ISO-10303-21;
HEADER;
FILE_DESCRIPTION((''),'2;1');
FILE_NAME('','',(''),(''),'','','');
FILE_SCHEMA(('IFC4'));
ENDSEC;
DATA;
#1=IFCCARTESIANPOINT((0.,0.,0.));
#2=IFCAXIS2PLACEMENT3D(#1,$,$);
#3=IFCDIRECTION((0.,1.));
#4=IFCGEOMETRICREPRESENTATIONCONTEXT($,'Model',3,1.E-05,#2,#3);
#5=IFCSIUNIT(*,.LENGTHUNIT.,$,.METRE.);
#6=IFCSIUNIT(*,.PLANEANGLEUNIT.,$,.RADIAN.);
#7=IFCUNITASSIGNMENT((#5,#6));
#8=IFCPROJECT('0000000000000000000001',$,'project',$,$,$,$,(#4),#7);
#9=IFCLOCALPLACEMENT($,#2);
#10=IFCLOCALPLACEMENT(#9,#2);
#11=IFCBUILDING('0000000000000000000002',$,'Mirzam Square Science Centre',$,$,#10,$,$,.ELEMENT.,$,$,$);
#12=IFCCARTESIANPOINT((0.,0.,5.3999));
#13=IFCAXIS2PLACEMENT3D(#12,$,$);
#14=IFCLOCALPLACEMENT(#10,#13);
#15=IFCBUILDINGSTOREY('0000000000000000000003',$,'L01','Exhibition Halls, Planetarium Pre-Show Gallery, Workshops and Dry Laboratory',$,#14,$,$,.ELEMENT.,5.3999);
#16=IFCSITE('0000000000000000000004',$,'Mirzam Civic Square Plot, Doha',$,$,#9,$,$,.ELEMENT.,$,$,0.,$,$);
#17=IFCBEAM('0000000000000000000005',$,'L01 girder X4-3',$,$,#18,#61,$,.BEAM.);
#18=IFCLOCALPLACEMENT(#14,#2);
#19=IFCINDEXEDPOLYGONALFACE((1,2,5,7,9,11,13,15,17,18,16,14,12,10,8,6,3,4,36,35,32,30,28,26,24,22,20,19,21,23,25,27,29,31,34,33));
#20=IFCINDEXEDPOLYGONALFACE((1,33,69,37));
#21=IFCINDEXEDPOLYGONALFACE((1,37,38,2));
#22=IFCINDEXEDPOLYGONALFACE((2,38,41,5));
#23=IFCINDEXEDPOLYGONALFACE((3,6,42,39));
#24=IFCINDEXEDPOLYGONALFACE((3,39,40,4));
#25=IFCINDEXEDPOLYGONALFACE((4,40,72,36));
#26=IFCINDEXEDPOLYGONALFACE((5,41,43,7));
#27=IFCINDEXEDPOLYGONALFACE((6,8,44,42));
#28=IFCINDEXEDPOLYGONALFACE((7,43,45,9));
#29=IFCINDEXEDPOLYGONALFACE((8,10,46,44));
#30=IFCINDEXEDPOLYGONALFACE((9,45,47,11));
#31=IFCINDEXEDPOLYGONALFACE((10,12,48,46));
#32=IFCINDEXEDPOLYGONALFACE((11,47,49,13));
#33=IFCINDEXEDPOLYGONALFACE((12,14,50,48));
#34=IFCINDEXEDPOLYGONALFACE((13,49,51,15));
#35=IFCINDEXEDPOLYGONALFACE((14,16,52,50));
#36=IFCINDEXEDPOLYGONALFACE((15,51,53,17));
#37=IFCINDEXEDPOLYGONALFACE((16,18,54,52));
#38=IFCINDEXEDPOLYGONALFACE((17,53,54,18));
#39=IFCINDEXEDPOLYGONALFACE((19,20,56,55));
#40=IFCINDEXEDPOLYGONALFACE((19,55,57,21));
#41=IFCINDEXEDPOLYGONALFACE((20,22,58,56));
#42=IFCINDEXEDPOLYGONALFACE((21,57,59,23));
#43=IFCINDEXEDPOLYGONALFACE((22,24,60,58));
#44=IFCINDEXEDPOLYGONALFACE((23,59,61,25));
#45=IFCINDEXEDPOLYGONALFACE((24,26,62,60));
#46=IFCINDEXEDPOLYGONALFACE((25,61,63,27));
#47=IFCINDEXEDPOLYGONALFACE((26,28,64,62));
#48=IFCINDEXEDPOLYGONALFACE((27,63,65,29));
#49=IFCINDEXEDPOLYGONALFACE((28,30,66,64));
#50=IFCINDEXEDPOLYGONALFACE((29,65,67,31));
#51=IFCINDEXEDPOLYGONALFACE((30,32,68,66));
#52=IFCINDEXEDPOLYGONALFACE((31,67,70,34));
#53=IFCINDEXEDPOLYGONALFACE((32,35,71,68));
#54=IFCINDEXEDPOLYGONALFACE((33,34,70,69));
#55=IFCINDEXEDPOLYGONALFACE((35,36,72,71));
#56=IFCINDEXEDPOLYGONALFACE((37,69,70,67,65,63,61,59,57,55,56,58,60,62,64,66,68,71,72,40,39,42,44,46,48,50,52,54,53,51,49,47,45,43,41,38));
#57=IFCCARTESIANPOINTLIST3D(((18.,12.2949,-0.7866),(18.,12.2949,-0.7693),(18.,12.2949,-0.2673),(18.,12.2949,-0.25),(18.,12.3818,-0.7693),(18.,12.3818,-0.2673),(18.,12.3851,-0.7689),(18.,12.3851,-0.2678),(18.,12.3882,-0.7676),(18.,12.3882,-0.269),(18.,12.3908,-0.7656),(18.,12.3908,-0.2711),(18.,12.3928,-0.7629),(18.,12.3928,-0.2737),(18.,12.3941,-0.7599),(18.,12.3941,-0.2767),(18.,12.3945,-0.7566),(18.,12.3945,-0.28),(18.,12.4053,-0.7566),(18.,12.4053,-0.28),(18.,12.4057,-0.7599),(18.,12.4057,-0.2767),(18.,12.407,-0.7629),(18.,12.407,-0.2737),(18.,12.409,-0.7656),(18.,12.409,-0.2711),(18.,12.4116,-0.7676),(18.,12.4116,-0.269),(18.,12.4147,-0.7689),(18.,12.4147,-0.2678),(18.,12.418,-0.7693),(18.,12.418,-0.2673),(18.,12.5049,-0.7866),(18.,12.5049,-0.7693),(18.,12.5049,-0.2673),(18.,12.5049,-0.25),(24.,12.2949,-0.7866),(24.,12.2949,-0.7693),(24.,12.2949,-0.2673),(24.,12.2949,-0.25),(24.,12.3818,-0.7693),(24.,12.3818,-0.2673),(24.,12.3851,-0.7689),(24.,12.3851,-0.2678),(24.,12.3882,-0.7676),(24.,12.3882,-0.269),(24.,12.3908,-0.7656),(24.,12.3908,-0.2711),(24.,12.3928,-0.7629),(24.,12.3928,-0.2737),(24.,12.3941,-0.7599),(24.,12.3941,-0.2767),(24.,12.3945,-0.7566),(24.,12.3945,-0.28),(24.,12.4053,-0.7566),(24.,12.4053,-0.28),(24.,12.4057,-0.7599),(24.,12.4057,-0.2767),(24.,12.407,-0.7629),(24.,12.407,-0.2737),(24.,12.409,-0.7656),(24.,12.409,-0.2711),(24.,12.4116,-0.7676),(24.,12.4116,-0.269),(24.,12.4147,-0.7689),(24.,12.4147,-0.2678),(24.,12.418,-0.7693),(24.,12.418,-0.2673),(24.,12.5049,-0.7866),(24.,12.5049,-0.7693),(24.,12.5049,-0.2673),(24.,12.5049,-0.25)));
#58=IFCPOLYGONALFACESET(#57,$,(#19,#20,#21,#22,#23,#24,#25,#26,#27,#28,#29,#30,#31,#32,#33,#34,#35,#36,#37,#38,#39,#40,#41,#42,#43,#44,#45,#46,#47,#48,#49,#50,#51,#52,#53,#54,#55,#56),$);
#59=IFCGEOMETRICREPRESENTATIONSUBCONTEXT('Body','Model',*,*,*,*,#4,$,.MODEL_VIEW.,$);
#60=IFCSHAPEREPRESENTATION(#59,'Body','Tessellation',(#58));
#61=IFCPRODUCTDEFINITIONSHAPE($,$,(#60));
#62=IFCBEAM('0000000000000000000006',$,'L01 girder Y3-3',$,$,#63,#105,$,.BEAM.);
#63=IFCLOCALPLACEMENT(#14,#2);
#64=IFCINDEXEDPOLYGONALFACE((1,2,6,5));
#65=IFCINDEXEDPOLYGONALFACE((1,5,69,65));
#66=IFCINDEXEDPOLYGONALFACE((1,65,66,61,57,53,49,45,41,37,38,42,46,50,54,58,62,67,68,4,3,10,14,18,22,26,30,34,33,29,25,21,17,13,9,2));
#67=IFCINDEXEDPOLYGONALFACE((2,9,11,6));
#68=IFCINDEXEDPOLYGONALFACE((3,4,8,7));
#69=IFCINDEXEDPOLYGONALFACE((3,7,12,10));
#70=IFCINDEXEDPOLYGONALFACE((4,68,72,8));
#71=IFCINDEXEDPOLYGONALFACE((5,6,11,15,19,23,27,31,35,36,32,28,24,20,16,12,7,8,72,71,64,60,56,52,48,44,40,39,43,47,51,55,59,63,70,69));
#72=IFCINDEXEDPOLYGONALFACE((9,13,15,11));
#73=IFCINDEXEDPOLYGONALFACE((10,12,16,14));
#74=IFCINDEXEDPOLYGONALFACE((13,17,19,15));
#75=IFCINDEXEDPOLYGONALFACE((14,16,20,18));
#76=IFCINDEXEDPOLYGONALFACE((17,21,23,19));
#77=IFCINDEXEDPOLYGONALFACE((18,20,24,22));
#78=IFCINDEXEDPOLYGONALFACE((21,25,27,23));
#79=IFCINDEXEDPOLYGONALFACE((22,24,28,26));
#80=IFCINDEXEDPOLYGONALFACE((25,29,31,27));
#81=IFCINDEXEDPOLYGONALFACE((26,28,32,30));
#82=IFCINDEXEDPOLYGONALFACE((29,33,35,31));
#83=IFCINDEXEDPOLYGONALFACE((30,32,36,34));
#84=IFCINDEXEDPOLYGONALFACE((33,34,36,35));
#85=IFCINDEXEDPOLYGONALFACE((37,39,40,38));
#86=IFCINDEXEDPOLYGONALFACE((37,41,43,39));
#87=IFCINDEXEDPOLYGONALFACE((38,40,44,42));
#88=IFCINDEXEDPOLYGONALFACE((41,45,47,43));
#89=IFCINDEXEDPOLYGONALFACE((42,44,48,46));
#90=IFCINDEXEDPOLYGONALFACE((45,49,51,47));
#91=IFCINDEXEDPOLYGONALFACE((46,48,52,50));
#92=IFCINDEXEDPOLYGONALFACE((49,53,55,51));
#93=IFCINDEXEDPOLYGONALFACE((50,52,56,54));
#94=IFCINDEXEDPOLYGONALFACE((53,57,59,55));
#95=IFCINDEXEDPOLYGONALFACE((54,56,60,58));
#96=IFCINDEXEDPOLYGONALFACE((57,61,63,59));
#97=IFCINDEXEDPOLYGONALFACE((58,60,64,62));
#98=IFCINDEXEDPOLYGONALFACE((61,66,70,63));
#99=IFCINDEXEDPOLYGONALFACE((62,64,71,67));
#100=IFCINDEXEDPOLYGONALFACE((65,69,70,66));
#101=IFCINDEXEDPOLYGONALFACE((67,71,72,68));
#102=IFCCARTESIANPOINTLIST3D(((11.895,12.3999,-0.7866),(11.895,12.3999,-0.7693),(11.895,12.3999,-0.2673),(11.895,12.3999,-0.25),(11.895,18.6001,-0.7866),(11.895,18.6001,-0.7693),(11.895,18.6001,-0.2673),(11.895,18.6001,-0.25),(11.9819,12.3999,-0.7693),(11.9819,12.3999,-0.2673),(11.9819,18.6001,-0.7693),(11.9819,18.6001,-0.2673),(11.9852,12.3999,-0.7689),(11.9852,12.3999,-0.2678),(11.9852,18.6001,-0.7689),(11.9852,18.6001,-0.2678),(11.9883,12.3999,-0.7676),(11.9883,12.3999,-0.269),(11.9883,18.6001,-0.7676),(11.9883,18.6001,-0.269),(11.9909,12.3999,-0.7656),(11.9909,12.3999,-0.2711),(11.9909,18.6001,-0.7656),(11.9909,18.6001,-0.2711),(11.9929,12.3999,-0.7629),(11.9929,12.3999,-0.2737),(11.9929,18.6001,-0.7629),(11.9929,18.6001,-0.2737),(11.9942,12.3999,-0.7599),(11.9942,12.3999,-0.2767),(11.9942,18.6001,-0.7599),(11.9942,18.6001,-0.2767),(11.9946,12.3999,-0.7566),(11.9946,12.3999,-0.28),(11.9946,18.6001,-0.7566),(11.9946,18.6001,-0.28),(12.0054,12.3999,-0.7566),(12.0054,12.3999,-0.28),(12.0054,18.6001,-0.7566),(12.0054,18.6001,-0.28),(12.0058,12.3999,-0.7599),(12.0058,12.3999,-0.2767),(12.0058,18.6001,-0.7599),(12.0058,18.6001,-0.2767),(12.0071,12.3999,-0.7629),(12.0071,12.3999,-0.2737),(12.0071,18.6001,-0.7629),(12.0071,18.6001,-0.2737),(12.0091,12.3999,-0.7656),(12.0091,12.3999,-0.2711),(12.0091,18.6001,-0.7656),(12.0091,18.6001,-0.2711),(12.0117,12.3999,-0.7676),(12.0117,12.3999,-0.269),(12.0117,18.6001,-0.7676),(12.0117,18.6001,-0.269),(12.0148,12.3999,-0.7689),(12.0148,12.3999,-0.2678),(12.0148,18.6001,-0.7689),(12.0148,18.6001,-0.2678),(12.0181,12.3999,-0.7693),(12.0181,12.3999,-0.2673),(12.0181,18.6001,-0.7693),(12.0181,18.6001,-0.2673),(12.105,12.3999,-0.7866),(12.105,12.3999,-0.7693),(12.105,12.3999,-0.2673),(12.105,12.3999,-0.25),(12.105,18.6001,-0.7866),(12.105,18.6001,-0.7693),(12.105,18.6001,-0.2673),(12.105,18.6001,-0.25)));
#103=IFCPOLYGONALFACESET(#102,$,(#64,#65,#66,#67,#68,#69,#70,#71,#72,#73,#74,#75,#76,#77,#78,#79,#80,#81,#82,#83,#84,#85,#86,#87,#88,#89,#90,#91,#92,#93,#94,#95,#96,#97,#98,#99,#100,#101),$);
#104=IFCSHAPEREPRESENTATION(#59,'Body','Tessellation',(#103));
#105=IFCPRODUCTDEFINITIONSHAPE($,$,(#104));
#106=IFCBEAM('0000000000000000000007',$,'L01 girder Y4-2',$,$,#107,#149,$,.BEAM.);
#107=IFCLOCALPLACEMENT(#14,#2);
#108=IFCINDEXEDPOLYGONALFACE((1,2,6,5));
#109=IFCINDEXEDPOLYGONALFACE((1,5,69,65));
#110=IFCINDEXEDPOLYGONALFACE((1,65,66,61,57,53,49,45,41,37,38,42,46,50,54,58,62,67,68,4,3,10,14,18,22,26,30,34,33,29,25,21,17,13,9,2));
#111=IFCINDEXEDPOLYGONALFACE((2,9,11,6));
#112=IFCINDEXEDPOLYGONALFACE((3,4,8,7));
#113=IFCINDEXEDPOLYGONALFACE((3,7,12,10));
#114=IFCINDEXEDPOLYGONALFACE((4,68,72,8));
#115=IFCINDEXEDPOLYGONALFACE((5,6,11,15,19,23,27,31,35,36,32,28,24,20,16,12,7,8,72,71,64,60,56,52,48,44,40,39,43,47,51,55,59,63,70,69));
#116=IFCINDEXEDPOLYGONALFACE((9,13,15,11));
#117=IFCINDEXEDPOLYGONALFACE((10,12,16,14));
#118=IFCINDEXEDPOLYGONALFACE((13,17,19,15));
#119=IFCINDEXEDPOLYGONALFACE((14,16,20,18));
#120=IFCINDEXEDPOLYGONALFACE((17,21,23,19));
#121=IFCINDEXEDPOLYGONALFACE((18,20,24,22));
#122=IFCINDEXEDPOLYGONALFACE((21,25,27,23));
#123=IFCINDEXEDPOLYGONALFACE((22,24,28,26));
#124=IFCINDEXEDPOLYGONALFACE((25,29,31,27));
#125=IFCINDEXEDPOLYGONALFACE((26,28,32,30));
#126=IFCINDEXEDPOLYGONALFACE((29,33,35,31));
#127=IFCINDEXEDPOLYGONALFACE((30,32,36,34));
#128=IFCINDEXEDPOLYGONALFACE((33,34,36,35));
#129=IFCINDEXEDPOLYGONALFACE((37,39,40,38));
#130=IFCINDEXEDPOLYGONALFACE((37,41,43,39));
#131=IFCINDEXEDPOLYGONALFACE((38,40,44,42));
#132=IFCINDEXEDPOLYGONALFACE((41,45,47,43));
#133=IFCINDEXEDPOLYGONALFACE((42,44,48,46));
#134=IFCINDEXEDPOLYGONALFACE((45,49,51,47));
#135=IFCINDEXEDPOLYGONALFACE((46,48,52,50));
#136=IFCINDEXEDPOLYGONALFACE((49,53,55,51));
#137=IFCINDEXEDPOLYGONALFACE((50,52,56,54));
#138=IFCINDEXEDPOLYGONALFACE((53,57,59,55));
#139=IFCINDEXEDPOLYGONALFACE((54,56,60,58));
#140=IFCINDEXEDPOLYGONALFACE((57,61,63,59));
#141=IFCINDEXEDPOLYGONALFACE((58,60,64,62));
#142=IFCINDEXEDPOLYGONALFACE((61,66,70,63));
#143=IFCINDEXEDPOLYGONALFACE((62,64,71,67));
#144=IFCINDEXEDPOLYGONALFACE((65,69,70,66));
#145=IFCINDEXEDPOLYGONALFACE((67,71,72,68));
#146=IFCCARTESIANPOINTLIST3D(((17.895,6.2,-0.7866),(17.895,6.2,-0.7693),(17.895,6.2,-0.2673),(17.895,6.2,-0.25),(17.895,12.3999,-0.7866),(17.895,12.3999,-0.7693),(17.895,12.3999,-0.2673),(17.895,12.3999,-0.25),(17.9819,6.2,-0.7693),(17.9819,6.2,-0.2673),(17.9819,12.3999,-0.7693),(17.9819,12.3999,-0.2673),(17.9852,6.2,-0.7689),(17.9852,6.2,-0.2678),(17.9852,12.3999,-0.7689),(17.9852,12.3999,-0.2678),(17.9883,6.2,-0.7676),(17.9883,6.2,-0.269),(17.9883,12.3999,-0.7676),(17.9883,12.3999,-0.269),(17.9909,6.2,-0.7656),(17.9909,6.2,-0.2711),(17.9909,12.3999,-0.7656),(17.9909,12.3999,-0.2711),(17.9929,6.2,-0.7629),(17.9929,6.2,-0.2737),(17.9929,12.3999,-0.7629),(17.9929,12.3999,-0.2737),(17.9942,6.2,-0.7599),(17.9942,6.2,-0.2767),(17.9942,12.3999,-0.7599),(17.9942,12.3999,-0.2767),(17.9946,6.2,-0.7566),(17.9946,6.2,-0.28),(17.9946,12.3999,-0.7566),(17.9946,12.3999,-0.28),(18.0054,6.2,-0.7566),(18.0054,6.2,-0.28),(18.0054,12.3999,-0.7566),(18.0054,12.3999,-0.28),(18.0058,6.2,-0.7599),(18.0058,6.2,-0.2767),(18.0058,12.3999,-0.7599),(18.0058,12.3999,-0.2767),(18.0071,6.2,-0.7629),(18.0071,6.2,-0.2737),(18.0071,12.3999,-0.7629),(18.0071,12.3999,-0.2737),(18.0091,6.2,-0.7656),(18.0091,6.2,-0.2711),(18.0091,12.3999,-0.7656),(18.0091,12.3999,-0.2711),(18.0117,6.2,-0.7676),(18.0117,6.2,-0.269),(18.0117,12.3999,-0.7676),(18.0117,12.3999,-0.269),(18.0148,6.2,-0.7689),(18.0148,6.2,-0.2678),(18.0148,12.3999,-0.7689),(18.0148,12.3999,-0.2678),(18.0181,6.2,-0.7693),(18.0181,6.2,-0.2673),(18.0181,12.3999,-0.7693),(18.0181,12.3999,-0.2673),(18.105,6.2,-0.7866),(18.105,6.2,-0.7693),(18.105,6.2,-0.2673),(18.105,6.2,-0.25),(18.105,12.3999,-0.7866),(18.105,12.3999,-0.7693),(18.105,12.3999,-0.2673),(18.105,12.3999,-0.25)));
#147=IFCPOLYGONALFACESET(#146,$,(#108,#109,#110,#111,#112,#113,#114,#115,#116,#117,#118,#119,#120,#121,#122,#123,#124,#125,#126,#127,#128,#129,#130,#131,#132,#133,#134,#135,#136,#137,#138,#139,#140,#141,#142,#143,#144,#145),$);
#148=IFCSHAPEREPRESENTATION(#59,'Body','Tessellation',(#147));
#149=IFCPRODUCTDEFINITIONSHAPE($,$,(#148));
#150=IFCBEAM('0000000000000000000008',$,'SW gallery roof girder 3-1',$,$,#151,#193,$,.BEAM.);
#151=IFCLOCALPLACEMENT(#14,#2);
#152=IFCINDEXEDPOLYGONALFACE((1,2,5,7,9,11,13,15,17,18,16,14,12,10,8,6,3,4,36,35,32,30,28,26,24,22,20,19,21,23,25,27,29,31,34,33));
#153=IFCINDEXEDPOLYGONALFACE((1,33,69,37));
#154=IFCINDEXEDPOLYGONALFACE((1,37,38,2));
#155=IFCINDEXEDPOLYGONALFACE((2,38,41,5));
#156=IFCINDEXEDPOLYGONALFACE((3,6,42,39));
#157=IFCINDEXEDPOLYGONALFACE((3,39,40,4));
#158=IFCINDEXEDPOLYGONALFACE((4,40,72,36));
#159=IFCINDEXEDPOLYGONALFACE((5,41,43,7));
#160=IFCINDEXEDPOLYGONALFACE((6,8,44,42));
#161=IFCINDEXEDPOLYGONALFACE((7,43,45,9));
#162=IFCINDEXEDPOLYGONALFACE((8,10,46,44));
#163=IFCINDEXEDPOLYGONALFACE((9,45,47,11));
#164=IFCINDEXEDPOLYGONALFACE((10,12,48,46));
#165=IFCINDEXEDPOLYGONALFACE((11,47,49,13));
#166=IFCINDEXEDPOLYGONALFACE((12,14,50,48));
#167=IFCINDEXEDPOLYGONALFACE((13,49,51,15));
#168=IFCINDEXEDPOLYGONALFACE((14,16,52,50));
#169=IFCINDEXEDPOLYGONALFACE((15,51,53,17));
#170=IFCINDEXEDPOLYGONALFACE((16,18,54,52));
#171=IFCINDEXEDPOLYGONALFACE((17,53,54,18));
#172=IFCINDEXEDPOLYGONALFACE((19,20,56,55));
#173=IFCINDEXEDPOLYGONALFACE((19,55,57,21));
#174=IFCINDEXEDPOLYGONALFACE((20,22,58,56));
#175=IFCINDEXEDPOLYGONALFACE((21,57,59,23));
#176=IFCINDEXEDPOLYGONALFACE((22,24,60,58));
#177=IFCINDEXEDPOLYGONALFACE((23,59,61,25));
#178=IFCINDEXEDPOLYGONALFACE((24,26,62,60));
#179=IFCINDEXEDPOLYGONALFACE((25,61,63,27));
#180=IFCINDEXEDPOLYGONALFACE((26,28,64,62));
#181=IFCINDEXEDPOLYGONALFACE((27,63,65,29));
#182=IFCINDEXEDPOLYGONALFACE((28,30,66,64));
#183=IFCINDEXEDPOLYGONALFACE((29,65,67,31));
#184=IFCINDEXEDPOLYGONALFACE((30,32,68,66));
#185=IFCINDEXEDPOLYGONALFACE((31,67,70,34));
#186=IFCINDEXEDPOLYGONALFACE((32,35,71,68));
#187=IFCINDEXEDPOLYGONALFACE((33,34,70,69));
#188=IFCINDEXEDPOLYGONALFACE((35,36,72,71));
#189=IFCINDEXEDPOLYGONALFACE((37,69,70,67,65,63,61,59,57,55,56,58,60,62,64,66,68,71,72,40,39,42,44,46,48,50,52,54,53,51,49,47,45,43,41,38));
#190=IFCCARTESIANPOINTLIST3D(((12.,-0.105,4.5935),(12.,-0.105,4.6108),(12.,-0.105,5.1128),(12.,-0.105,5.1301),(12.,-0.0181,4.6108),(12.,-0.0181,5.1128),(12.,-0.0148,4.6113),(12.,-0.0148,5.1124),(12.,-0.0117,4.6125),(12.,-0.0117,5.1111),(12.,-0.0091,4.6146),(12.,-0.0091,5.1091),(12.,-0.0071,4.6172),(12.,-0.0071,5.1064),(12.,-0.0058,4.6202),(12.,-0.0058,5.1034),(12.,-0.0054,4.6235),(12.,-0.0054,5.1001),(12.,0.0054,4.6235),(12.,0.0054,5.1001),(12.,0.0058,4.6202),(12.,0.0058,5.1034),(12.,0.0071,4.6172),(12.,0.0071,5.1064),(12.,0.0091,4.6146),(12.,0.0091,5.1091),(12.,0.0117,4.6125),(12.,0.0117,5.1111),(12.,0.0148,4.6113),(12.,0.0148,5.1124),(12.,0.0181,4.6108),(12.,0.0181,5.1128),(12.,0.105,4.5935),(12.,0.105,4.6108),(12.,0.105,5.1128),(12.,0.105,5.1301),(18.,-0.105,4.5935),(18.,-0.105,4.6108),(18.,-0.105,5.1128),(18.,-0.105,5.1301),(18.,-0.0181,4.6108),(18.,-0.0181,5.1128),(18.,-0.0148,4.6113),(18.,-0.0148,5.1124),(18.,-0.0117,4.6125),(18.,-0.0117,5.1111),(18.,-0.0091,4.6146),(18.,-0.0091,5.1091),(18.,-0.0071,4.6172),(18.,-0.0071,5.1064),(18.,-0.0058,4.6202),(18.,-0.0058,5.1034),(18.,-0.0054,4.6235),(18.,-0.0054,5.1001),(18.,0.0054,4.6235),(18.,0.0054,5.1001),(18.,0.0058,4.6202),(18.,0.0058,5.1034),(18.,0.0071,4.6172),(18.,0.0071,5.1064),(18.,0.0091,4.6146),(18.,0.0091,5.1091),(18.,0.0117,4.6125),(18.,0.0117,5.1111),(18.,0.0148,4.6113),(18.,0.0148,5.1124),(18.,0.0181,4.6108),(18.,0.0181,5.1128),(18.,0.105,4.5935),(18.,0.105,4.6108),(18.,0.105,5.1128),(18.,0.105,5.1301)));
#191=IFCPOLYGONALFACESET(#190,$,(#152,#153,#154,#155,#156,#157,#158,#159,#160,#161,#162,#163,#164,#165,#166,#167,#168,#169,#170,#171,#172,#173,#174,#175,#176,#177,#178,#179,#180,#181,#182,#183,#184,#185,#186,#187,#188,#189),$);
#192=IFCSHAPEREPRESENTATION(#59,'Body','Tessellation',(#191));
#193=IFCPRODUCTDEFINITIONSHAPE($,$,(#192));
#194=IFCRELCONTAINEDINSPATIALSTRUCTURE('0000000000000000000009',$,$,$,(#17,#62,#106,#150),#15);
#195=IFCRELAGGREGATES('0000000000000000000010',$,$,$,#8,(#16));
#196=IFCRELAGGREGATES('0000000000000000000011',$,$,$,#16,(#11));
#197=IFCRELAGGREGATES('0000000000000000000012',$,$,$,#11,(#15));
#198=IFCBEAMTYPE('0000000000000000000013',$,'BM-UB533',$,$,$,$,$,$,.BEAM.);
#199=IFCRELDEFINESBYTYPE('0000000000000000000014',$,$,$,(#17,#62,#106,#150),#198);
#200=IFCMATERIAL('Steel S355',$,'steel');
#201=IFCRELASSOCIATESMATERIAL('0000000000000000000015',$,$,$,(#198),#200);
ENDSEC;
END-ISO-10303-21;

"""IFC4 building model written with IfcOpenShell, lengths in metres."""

from ifc_helpers import new_model, si_unit, direction, frame, origin, origin_2d, place, context, subcontext, project, spatial, i_section, extrude, material, material_profile, profile_set, type_object, element, save


model = new_model("IFC4")

# Units and contexts
model_context = context("Model", 3, precision=1e-05, world=origin(), true_north=direction((0.0, 1.0)))
body_context = subcontext(model_context, "Body", "Model", "MODEL_VIEW")
ifc_project = project(units=[si_unit("LENGTHUNIT", "METRE"), si_unit("PLANEANGLEUNIT", "RADIAN")], contexts=[model_context])

# Site, building, storey
site_placement = place(None, origin())
site = spatial("IfcSite", under=ifc_project, at=site_placement, Name="Mirzam Civic Square Plot, Doha", CompositionType="ELEMENT", RefElevation=0.0)
building_placement = place(site_placement, origin())
building = spatial("IfcBuilding", under=site, at=building_placement, Name="Mirzam Square Science Centre", CompositionType="ELEMENT")
storey_placement = place(building_placement, frame((0.0, 0.0, 5.3999)))
storey = spatial("IfcBuildingStorey", under=building, at=storey_placement, Name="L01", Description="Exhibition Halls, Planetarium Pre-Show Gallery, Workshops and Dry Laboratory", CompositionType="ELEMENT", Elevation=5.3999)

# Shared definitions
ifc_material_1 = material(Name="Steel S355", Category="steel")

# Beams
ifc_material_profile_1 = material_profile(ifc_material_1, i_section(OverallWidth=0.21, OverallDepth=0.5366, WebThickness=0.0107, FlangeThickness=0.0173, FilletRadius=0.0127, at=origin_2d()), Name="533x210x101UB")
ifc_profile_set_1 = profile_set([ifc_material_profile_1], Name="Steel S355")
beam_type_1 = type_object("IfcBeamType", Name="BM-UB533", PredefinedType="BEAM", material=ifc_profile_set_1)
beam_1_placement = place(storey_placement, frame((18.0, 12.3999, -0.5183), z_axis=(1.0, 0.0, 0.0), x_axis=(0.0, 1.0, 0.0)))
element("IfcBeam", 1, at=beam_1_placement, inside=storey, type_object=beam_type_1, Name="L01 girder X4-3", PredefinedType="BEAM", context=body_context, shape_type="SweptSolid", body=[
    extrude(i_section(OverallWidth=0.21, OverallDepth=0.5366, WebThickness=0.0107, FlangeThickness=0.0173, FilletRadius=0.0127, at=origin_2d()), origin(), (0.0, 0.0, 1.0), 6.0),
])
beam_2_placement = place(storey_placement, frame((12.0, 12.3999, -0.5183), z_axis=(0.0, 1.0, 0.0), x_axis=(-1.0, 0.0, 0.0)))
element("IfcBeam", 2, at=beam_2_placement, inside=storey, type_object=beam_type_1, Name="L01 girder Y3-3", PredefinedType="BEAM", context=body_context, shape_type="SweptSolid", body=[
    extrude(i_section(OverallWidth=0.21, OverallDepth=0.5366, WebThickness=0.0107, FlangeThickness=0.0173, FilletRadius=0.0127, at=origin_2d()), origin(), (0.0, 0.0, 1.0), 6.2002),
])
beam_3_placement = place(storey_placement, frame((18.0, 6.2, -0.5183), z_axis=(0.0, 1.0, 0.0), x_axis=(-1.0, 0.0, 0.0)))
element("IfcBeam", 3, at=beam_3_placement, inside=storey, type_object=beam_type_1, Name="L01 girder Y4-2", PredefinedType="BEAM", context=body_context, shape_type="SweptSolid", body=[
    extrude(i_section(OverallWidth=0.21, OverallDepth=0.5366, WebThickness=0.0107, FlangeThickness=0.0173, FilletRadius=0.0127, at=origin_2d()), origin(), (0.0, 0.0, 1.0), 6.2),
])
for number, where, z_axis, x_axis, name in (
    (4, (12.0, 0.0, 4.8618), (1.0, 0.0, 0.0), (0.0, 1.0, 0.0), "SW gallery roof girder 3-1"),
):
    element("IfcBeam", number, at=place(storey_placement, frame(where, z_axis=z_axis, x_axis=x_axis)), inside=storey, type_object=beam_type_1, Name=name, PredefinedType="BEAM", context=body_context, shape_type="SweptSolid", body=[
        extrude(i_section(OverallWidth=0.21, OverallDepth=0.5366, WebThickness=0.0107, FlangeThickness=0.0173, FilletRadius=0.0127, at=origin_2d()), origin(), (0.0, 0.0, 1.0), 6.0),
    ])

save(model, "model.ifc")
